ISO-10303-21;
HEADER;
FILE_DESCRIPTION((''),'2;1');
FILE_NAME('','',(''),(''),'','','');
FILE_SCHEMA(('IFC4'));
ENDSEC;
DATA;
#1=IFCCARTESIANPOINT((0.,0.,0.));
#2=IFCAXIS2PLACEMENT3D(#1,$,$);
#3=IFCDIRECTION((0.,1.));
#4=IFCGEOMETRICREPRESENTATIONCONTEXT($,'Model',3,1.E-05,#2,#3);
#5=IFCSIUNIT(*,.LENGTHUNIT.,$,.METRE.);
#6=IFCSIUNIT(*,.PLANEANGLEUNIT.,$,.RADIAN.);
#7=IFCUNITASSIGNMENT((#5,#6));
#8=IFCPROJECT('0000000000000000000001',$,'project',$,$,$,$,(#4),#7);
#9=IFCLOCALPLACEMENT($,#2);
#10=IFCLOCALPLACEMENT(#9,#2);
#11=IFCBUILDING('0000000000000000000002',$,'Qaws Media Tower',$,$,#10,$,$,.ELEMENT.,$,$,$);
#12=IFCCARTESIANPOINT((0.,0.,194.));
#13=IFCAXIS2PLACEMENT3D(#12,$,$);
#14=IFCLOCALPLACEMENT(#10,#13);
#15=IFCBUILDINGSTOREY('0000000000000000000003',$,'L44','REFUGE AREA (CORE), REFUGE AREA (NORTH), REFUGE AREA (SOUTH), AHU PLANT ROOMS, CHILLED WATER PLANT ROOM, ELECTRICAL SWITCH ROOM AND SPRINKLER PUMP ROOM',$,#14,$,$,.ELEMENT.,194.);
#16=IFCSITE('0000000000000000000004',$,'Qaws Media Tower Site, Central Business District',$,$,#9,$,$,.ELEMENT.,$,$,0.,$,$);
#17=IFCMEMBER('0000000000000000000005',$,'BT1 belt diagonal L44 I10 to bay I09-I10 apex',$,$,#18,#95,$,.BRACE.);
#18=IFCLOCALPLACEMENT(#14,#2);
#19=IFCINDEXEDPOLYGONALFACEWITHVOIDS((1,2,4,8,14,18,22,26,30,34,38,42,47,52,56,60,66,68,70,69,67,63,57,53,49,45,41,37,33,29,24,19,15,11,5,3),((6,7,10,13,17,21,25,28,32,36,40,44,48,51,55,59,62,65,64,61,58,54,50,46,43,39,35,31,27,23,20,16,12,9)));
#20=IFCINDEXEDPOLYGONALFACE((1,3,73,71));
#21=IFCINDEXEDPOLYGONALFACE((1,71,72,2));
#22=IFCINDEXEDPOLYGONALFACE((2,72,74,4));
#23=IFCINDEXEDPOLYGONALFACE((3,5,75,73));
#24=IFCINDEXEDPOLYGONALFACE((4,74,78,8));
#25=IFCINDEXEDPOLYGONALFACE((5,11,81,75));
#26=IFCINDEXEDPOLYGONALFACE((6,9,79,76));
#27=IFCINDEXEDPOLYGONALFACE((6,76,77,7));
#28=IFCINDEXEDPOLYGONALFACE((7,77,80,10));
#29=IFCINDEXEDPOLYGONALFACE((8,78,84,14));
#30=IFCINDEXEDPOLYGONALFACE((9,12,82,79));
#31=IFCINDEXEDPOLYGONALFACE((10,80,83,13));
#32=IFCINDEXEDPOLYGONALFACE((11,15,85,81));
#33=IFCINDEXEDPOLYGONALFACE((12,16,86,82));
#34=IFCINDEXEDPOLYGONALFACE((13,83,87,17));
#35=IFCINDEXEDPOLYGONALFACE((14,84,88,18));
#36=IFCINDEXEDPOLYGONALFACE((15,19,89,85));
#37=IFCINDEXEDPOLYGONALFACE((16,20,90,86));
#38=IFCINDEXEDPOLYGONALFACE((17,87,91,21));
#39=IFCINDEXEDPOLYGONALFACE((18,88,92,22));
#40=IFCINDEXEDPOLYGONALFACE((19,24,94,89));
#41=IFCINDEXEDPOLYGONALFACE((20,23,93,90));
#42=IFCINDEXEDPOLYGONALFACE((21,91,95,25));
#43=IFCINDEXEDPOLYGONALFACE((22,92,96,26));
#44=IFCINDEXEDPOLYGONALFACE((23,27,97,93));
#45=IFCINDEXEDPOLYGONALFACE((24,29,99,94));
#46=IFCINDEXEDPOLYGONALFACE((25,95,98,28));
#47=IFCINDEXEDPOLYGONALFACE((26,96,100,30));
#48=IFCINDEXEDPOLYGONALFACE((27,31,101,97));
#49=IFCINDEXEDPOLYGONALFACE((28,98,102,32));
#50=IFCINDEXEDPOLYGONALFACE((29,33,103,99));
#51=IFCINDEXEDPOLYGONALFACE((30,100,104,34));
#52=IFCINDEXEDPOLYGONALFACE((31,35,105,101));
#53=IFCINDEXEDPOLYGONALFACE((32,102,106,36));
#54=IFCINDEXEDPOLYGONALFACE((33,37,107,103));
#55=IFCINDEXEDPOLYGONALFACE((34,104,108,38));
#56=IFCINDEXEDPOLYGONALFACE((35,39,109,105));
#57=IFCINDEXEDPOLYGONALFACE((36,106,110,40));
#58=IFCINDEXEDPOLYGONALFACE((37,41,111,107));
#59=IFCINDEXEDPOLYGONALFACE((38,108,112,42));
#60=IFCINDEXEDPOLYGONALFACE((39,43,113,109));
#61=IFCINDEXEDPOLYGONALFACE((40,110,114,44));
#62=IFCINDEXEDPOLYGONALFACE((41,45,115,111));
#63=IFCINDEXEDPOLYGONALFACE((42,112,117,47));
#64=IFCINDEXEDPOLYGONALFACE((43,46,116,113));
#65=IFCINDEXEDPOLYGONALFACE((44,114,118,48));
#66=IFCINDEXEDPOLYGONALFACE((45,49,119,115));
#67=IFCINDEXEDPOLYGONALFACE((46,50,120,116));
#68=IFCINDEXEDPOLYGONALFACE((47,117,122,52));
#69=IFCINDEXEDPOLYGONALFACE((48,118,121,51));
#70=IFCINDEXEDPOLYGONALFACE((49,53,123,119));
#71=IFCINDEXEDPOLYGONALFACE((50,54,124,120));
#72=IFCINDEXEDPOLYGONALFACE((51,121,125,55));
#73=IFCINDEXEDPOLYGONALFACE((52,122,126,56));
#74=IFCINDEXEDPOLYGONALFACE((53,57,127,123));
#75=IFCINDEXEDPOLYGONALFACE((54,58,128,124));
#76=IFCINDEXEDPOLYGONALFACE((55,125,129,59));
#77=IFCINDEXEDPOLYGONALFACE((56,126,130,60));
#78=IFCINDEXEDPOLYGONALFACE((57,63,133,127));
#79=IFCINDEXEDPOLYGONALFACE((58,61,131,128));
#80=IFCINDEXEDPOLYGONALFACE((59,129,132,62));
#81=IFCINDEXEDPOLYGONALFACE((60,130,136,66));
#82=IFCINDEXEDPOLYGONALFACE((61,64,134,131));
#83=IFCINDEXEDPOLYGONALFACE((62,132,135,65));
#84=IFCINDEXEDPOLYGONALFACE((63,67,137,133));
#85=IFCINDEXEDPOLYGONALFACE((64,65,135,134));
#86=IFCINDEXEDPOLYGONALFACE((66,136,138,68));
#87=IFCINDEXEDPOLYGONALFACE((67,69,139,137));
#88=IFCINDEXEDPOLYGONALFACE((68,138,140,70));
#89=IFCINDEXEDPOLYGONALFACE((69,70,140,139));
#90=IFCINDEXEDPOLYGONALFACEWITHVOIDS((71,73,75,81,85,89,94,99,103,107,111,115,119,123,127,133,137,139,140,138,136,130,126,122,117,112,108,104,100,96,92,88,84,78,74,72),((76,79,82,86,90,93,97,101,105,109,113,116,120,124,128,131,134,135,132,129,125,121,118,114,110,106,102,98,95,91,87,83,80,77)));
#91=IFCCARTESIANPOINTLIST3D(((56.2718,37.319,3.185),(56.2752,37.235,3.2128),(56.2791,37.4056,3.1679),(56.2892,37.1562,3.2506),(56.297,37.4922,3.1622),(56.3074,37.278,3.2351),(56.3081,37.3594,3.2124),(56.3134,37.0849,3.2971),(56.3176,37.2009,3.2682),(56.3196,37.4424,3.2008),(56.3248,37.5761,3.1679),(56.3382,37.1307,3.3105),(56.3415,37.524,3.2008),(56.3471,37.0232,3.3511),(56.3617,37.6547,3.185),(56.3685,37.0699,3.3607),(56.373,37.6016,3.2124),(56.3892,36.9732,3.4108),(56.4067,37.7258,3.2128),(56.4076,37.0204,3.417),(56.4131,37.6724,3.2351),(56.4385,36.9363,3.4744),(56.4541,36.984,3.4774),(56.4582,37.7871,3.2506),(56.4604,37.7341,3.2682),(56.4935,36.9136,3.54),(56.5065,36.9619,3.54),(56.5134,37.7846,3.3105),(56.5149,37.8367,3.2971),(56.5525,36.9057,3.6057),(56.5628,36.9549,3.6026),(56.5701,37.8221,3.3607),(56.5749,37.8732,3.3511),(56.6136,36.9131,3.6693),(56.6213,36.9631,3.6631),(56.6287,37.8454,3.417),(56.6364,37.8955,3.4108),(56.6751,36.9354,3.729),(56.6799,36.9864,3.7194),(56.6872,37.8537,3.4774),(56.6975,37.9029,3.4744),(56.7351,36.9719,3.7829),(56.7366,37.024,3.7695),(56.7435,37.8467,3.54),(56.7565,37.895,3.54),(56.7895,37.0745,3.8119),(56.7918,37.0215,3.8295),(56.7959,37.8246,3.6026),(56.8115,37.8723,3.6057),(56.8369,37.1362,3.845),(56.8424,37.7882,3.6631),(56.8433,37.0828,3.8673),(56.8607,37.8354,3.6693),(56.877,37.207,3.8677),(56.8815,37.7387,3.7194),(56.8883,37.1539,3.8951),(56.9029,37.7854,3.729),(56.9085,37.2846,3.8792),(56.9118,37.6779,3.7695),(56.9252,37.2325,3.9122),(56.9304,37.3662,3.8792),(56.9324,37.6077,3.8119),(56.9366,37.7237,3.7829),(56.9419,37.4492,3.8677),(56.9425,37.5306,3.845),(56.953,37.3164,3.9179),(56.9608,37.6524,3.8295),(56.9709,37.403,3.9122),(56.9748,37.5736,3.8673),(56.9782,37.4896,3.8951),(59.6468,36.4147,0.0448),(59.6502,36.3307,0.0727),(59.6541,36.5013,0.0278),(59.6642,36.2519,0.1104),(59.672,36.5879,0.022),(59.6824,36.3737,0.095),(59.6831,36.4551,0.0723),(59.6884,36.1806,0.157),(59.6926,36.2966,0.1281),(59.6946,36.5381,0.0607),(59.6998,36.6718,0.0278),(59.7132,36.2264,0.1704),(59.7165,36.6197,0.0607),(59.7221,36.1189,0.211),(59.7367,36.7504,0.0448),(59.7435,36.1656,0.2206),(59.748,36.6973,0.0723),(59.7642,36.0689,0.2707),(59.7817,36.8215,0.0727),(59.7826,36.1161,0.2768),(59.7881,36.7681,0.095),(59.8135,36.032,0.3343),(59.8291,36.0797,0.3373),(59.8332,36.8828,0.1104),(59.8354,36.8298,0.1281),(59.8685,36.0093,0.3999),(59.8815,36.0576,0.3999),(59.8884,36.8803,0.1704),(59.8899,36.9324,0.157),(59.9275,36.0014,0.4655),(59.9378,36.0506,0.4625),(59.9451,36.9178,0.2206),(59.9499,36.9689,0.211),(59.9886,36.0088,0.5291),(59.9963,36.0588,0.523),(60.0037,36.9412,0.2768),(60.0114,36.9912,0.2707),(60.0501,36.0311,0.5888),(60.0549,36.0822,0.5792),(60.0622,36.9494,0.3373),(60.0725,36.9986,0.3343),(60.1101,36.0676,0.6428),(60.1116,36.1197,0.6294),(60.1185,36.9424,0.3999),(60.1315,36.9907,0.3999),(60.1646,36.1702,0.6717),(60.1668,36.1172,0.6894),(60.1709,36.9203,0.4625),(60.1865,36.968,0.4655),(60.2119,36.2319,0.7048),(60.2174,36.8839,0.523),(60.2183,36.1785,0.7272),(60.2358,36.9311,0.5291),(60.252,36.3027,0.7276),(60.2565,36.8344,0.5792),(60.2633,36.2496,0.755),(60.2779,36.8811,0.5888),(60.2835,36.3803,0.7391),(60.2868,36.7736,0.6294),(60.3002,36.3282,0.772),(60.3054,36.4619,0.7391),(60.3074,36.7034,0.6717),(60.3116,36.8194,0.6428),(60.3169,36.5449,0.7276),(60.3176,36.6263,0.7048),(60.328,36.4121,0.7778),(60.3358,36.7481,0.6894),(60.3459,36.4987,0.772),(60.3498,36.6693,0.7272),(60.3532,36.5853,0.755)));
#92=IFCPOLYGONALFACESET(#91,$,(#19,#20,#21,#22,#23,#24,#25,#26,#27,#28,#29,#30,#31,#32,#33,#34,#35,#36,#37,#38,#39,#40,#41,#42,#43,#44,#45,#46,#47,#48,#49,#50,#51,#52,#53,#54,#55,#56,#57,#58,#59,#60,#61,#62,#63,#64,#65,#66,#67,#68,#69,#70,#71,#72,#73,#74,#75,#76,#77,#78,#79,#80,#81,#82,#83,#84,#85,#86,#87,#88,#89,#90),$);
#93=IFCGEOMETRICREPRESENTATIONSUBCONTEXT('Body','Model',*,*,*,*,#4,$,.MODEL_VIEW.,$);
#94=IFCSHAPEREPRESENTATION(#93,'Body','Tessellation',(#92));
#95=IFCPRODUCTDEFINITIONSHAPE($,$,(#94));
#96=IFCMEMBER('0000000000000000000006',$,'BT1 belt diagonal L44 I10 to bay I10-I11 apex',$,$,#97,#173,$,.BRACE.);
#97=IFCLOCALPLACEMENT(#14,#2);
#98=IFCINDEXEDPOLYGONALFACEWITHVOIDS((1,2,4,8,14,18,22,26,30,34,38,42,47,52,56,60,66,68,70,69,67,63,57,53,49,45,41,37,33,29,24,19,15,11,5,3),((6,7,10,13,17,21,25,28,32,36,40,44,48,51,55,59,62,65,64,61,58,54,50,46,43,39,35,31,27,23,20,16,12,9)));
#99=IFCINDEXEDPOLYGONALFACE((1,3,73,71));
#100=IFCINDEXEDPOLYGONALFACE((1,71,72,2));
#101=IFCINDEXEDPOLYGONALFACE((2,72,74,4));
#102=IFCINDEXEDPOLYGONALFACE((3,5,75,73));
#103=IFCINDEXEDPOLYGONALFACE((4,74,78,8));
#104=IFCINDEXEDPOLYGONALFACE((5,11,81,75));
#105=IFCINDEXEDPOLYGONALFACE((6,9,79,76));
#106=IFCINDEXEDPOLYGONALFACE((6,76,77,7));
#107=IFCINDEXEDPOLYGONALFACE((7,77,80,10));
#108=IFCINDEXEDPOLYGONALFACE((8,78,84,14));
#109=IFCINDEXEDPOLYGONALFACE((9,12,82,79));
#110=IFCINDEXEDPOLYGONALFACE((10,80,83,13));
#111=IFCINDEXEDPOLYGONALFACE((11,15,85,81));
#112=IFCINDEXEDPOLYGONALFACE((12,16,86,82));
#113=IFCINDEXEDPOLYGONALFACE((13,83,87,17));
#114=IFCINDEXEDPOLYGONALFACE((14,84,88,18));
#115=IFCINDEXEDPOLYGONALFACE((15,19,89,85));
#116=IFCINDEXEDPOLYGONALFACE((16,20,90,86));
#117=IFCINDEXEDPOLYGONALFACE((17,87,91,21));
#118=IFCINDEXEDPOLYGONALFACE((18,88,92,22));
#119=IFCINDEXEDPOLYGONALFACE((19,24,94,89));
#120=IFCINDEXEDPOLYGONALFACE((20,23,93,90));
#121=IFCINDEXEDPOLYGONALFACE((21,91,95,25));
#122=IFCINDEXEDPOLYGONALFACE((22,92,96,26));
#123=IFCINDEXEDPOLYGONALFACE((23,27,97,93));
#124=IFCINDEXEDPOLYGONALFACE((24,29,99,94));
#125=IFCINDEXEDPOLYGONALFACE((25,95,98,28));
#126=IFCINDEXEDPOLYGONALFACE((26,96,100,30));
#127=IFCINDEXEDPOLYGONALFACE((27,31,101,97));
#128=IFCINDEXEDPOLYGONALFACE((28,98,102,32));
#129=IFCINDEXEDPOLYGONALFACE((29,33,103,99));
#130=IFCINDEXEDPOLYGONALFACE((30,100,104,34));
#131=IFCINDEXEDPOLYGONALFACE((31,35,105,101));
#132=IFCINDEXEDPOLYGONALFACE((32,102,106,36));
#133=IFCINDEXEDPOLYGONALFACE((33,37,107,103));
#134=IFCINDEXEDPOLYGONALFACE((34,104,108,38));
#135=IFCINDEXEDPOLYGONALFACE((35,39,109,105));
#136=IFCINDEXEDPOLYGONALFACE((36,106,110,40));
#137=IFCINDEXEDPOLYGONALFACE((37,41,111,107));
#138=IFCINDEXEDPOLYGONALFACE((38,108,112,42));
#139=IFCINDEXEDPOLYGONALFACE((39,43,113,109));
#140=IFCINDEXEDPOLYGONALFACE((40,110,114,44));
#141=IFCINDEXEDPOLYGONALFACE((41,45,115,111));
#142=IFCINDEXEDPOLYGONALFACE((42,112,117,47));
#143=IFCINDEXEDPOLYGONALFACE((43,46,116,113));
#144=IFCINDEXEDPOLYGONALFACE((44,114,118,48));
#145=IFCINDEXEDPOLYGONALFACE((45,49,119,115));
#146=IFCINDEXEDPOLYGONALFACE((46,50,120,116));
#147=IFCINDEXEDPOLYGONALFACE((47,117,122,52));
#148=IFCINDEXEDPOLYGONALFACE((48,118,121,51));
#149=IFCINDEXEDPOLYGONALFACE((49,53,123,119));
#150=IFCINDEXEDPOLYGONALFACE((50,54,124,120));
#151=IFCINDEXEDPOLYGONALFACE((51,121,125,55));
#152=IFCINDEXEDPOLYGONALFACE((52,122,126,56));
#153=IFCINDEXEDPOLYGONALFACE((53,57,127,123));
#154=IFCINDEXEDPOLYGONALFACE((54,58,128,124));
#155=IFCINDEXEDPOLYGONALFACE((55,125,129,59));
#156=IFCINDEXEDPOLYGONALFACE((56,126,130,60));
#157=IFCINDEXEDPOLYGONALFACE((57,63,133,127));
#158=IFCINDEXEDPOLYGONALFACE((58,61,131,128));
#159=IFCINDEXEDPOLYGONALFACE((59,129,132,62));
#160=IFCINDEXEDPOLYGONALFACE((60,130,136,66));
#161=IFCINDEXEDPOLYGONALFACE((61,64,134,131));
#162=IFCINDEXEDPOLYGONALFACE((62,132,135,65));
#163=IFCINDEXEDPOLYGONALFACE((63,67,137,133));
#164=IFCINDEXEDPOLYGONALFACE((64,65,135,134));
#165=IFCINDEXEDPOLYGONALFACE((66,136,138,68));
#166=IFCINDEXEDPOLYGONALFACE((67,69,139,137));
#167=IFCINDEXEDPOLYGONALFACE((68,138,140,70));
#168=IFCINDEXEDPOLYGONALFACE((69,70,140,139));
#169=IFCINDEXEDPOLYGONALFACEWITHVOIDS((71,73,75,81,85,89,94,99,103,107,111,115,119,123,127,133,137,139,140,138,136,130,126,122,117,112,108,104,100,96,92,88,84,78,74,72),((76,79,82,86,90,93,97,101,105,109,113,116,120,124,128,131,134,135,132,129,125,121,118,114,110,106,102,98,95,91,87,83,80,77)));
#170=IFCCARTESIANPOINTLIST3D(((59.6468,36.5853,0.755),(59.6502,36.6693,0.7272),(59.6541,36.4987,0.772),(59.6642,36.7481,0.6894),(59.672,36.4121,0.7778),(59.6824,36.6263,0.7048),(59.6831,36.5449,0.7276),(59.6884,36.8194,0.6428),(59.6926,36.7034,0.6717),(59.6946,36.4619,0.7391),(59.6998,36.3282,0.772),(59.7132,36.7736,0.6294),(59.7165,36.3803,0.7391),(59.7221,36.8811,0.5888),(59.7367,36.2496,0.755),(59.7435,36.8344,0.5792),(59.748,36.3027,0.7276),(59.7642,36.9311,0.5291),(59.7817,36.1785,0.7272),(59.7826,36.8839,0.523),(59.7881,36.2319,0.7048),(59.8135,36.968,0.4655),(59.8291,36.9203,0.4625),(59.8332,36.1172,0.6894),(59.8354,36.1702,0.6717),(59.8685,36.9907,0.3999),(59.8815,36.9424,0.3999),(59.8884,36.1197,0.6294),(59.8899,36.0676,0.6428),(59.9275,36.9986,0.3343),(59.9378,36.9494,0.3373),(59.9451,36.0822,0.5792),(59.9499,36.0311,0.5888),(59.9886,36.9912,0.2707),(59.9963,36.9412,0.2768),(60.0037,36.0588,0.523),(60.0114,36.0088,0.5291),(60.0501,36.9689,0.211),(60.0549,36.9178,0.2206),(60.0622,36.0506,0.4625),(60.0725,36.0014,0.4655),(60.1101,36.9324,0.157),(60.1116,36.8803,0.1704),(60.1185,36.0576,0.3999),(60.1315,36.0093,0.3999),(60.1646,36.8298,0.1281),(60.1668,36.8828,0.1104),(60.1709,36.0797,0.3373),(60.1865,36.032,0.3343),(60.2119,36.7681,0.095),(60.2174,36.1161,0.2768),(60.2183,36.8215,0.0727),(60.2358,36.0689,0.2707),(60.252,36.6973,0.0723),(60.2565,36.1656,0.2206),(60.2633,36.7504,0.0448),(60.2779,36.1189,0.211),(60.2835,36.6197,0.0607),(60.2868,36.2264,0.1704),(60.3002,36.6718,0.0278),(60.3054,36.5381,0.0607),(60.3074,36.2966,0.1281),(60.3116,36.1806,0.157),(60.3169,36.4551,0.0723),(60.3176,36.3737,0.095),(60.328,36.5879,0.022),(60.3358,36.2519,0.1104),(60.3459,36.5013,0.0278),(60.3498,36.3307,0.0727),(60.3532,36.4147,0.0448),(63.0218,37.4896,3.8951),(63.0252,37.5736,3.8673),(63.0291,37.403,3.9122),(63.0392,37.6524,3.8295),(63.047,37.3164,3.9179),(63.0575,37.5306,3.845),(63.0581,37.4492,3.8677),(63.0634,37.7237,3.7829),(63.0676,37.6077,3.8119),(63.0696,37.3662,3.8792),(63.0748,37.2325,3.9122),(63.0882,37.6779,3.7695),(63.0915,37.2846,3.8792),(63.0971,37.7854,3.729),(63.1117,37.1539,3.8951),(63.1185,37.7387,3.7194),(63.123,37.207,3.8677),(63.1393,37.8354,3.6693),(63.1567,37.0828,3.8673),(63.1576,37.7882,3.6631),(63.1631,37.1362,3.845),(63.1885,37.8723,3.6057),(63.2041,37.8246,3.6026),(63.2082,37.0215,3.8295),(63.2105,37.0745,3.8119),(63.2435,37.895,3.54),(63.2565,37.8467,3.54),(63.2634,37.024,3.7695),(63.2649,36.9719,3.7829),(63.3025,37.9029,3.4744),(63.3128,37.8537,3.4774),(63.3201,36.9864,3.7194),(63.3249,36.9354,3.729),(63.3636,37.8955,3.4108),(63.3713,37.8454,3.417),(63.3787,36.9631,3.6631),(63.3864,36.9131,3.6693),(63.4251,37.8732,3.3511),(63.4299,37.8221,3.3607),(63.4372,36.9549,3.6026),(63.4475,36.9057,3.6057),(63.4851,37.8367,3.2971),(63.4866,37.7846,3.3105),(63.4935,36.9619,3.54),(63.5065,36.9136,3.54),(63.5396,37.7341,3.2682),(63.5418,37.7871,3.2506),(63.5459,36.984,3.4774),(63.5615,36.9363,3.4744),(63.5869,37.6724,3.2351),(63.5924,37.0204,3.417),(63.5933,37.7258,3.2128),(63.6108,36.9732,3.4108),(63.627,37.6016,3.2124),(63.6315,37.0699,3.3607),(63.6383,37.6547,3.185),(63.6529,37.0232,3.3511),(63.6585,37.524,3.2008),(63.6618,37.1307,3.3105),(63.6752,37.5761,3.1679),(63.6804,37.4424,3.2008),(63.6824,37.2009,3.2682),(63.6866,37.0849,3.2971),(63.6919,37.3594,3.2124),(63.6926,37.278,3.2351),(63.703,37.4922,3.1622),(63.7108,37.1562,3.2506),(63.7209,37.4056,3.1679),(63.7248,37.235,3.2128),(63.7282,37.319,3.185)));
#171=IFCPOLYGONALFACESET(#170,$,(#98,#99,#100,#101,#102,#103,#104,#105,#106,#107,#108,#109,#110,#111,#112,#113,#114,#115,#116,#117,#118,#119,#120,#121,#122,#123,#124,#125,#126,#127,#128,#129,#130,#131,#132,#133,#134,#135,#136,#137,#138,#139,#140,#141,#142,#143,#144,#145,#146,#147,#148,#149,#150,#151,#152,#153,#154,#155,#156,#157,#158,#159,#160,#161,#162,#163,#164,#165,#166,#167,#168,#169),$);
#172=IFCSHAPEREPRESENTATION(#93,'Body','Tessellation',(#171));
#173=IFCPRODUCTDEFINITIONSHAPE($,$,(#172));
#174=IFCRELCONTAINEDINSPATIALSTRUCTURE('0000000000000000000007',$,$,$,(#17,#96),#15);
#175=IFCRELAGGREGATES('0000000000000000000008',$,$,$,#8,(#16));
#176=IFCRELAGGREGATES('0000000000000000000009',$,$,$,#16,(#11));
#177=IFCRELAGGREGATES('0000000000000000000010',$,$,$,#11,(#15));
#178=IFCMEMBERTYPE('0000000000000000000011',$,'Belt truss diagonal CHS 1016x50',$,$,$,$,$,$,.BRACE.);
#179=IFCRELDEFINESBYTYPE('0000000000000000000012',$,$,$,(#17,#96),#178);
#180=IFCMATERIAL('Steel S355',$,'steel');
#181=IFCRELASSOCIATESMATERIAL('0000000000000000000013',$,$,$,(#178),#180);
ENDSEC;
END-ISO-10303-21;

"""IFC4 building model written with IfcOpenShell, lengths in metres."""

from ifc_helpers import new_model, si_unit, direction, frame, origin, origin_2d, place, context, subcontext, project, spatial, hollow_circle, extrude, material, material_profile, profile_set, type_object, element, save


model = new_model("IFC4")

# Units and contexts
model_context = context("Model", 3, precision=1e-05, world=origin(), true_north=direction((0.0, 1.0)))
body_context = subcontext(model_context, "Body", "Model", "MODEL_VIEW")
ifc_project = project(units=[si_unit("LENGTHUNIT", "METRE"), si_unit("PLANEANGLEUNIT", "RADIAN")], contexts=[model_context])

# Site, building, storey
site_placement = place(None, origin())
site = spatial("IfcSite", under=ifc_project, at=site_placement, Name="Qaws Media Tower Site, Central Business District", CompositionType="ELEMENT", RefElevation=0.0)
building_placement = place(site_placement, origin())
building = spatial("IfcBuilding", under=site, at=building_placement, Name="Qaws Media Tower", CompositionType="ELEMENT")
storey_placement = place(building_placement, frame((0.0, 0.0, 194.0)))
storey = spatial("IfcBuildingStorey", under=building, at=storey_placement, Name="L44", Description="REFUGE AREA (CORE), REFUGE AREA (NORTH), REFUGE AREA (SOUTH), AHU PLANT ROOMS, CHILLED WATER PLANT ROOM, ELECTRICAL SWITCH ROOM AND SPRINKLER PUMP ROOM", CompositionType="ELEMENT", Elevation=194.0)

# Members
ifc_material_1 = material(Name="Steel S355", Category="steel")
ifc_material_profile_1 = material_profile(ifc_material_1, hollow_circle(Radius=0.5081, WallThickness=0.05, at=origin_2d()), Name="CHS 1016x50")
ifc_profile_set_1 = profile_set([ifc_material_profile_1], Name="Steel S355")
member_type_1 = type_object("IfcMemberType", Name="Belt truss diagonal CHS 1016x50", PredefinedType="BRACE", material=ifc_profile_set_1)
for number, where, z_axis, x_axis, name in (
    (1, (60.0, 36.5, 0.3999), (-0.718429, 0.192496, 0.668434), (-0.258811, -0.965928, 0.0), "BT1 belt diagonal L44 I10 to bay I09-I10 apex"),
    (2, (60.0, 36.5, 0.3999), (0.718429, 0.192496, 0.668434), (-0.258811, 0.965928, 0.0), "BT1 belt diagonal L44 I10 to bay I10-I11 apex"),
):
    element("IfcMember", number, at=place(storey_placement, frame(where, z_axis=z_axis, x_axis=x_axis)), inside=storey, type_object=member_type_1, Name=name, PredefinedType="BRACE", context=body_context, shape_type="SweptSolid", body=[
        extrude(hollow_circle(Radius=0.5081, WallThickness=0.05, at=origin_2d()), origin(), (0.0, 0.0, 1.0), 4.6978),
    ])

save(model, "model.ifc")
